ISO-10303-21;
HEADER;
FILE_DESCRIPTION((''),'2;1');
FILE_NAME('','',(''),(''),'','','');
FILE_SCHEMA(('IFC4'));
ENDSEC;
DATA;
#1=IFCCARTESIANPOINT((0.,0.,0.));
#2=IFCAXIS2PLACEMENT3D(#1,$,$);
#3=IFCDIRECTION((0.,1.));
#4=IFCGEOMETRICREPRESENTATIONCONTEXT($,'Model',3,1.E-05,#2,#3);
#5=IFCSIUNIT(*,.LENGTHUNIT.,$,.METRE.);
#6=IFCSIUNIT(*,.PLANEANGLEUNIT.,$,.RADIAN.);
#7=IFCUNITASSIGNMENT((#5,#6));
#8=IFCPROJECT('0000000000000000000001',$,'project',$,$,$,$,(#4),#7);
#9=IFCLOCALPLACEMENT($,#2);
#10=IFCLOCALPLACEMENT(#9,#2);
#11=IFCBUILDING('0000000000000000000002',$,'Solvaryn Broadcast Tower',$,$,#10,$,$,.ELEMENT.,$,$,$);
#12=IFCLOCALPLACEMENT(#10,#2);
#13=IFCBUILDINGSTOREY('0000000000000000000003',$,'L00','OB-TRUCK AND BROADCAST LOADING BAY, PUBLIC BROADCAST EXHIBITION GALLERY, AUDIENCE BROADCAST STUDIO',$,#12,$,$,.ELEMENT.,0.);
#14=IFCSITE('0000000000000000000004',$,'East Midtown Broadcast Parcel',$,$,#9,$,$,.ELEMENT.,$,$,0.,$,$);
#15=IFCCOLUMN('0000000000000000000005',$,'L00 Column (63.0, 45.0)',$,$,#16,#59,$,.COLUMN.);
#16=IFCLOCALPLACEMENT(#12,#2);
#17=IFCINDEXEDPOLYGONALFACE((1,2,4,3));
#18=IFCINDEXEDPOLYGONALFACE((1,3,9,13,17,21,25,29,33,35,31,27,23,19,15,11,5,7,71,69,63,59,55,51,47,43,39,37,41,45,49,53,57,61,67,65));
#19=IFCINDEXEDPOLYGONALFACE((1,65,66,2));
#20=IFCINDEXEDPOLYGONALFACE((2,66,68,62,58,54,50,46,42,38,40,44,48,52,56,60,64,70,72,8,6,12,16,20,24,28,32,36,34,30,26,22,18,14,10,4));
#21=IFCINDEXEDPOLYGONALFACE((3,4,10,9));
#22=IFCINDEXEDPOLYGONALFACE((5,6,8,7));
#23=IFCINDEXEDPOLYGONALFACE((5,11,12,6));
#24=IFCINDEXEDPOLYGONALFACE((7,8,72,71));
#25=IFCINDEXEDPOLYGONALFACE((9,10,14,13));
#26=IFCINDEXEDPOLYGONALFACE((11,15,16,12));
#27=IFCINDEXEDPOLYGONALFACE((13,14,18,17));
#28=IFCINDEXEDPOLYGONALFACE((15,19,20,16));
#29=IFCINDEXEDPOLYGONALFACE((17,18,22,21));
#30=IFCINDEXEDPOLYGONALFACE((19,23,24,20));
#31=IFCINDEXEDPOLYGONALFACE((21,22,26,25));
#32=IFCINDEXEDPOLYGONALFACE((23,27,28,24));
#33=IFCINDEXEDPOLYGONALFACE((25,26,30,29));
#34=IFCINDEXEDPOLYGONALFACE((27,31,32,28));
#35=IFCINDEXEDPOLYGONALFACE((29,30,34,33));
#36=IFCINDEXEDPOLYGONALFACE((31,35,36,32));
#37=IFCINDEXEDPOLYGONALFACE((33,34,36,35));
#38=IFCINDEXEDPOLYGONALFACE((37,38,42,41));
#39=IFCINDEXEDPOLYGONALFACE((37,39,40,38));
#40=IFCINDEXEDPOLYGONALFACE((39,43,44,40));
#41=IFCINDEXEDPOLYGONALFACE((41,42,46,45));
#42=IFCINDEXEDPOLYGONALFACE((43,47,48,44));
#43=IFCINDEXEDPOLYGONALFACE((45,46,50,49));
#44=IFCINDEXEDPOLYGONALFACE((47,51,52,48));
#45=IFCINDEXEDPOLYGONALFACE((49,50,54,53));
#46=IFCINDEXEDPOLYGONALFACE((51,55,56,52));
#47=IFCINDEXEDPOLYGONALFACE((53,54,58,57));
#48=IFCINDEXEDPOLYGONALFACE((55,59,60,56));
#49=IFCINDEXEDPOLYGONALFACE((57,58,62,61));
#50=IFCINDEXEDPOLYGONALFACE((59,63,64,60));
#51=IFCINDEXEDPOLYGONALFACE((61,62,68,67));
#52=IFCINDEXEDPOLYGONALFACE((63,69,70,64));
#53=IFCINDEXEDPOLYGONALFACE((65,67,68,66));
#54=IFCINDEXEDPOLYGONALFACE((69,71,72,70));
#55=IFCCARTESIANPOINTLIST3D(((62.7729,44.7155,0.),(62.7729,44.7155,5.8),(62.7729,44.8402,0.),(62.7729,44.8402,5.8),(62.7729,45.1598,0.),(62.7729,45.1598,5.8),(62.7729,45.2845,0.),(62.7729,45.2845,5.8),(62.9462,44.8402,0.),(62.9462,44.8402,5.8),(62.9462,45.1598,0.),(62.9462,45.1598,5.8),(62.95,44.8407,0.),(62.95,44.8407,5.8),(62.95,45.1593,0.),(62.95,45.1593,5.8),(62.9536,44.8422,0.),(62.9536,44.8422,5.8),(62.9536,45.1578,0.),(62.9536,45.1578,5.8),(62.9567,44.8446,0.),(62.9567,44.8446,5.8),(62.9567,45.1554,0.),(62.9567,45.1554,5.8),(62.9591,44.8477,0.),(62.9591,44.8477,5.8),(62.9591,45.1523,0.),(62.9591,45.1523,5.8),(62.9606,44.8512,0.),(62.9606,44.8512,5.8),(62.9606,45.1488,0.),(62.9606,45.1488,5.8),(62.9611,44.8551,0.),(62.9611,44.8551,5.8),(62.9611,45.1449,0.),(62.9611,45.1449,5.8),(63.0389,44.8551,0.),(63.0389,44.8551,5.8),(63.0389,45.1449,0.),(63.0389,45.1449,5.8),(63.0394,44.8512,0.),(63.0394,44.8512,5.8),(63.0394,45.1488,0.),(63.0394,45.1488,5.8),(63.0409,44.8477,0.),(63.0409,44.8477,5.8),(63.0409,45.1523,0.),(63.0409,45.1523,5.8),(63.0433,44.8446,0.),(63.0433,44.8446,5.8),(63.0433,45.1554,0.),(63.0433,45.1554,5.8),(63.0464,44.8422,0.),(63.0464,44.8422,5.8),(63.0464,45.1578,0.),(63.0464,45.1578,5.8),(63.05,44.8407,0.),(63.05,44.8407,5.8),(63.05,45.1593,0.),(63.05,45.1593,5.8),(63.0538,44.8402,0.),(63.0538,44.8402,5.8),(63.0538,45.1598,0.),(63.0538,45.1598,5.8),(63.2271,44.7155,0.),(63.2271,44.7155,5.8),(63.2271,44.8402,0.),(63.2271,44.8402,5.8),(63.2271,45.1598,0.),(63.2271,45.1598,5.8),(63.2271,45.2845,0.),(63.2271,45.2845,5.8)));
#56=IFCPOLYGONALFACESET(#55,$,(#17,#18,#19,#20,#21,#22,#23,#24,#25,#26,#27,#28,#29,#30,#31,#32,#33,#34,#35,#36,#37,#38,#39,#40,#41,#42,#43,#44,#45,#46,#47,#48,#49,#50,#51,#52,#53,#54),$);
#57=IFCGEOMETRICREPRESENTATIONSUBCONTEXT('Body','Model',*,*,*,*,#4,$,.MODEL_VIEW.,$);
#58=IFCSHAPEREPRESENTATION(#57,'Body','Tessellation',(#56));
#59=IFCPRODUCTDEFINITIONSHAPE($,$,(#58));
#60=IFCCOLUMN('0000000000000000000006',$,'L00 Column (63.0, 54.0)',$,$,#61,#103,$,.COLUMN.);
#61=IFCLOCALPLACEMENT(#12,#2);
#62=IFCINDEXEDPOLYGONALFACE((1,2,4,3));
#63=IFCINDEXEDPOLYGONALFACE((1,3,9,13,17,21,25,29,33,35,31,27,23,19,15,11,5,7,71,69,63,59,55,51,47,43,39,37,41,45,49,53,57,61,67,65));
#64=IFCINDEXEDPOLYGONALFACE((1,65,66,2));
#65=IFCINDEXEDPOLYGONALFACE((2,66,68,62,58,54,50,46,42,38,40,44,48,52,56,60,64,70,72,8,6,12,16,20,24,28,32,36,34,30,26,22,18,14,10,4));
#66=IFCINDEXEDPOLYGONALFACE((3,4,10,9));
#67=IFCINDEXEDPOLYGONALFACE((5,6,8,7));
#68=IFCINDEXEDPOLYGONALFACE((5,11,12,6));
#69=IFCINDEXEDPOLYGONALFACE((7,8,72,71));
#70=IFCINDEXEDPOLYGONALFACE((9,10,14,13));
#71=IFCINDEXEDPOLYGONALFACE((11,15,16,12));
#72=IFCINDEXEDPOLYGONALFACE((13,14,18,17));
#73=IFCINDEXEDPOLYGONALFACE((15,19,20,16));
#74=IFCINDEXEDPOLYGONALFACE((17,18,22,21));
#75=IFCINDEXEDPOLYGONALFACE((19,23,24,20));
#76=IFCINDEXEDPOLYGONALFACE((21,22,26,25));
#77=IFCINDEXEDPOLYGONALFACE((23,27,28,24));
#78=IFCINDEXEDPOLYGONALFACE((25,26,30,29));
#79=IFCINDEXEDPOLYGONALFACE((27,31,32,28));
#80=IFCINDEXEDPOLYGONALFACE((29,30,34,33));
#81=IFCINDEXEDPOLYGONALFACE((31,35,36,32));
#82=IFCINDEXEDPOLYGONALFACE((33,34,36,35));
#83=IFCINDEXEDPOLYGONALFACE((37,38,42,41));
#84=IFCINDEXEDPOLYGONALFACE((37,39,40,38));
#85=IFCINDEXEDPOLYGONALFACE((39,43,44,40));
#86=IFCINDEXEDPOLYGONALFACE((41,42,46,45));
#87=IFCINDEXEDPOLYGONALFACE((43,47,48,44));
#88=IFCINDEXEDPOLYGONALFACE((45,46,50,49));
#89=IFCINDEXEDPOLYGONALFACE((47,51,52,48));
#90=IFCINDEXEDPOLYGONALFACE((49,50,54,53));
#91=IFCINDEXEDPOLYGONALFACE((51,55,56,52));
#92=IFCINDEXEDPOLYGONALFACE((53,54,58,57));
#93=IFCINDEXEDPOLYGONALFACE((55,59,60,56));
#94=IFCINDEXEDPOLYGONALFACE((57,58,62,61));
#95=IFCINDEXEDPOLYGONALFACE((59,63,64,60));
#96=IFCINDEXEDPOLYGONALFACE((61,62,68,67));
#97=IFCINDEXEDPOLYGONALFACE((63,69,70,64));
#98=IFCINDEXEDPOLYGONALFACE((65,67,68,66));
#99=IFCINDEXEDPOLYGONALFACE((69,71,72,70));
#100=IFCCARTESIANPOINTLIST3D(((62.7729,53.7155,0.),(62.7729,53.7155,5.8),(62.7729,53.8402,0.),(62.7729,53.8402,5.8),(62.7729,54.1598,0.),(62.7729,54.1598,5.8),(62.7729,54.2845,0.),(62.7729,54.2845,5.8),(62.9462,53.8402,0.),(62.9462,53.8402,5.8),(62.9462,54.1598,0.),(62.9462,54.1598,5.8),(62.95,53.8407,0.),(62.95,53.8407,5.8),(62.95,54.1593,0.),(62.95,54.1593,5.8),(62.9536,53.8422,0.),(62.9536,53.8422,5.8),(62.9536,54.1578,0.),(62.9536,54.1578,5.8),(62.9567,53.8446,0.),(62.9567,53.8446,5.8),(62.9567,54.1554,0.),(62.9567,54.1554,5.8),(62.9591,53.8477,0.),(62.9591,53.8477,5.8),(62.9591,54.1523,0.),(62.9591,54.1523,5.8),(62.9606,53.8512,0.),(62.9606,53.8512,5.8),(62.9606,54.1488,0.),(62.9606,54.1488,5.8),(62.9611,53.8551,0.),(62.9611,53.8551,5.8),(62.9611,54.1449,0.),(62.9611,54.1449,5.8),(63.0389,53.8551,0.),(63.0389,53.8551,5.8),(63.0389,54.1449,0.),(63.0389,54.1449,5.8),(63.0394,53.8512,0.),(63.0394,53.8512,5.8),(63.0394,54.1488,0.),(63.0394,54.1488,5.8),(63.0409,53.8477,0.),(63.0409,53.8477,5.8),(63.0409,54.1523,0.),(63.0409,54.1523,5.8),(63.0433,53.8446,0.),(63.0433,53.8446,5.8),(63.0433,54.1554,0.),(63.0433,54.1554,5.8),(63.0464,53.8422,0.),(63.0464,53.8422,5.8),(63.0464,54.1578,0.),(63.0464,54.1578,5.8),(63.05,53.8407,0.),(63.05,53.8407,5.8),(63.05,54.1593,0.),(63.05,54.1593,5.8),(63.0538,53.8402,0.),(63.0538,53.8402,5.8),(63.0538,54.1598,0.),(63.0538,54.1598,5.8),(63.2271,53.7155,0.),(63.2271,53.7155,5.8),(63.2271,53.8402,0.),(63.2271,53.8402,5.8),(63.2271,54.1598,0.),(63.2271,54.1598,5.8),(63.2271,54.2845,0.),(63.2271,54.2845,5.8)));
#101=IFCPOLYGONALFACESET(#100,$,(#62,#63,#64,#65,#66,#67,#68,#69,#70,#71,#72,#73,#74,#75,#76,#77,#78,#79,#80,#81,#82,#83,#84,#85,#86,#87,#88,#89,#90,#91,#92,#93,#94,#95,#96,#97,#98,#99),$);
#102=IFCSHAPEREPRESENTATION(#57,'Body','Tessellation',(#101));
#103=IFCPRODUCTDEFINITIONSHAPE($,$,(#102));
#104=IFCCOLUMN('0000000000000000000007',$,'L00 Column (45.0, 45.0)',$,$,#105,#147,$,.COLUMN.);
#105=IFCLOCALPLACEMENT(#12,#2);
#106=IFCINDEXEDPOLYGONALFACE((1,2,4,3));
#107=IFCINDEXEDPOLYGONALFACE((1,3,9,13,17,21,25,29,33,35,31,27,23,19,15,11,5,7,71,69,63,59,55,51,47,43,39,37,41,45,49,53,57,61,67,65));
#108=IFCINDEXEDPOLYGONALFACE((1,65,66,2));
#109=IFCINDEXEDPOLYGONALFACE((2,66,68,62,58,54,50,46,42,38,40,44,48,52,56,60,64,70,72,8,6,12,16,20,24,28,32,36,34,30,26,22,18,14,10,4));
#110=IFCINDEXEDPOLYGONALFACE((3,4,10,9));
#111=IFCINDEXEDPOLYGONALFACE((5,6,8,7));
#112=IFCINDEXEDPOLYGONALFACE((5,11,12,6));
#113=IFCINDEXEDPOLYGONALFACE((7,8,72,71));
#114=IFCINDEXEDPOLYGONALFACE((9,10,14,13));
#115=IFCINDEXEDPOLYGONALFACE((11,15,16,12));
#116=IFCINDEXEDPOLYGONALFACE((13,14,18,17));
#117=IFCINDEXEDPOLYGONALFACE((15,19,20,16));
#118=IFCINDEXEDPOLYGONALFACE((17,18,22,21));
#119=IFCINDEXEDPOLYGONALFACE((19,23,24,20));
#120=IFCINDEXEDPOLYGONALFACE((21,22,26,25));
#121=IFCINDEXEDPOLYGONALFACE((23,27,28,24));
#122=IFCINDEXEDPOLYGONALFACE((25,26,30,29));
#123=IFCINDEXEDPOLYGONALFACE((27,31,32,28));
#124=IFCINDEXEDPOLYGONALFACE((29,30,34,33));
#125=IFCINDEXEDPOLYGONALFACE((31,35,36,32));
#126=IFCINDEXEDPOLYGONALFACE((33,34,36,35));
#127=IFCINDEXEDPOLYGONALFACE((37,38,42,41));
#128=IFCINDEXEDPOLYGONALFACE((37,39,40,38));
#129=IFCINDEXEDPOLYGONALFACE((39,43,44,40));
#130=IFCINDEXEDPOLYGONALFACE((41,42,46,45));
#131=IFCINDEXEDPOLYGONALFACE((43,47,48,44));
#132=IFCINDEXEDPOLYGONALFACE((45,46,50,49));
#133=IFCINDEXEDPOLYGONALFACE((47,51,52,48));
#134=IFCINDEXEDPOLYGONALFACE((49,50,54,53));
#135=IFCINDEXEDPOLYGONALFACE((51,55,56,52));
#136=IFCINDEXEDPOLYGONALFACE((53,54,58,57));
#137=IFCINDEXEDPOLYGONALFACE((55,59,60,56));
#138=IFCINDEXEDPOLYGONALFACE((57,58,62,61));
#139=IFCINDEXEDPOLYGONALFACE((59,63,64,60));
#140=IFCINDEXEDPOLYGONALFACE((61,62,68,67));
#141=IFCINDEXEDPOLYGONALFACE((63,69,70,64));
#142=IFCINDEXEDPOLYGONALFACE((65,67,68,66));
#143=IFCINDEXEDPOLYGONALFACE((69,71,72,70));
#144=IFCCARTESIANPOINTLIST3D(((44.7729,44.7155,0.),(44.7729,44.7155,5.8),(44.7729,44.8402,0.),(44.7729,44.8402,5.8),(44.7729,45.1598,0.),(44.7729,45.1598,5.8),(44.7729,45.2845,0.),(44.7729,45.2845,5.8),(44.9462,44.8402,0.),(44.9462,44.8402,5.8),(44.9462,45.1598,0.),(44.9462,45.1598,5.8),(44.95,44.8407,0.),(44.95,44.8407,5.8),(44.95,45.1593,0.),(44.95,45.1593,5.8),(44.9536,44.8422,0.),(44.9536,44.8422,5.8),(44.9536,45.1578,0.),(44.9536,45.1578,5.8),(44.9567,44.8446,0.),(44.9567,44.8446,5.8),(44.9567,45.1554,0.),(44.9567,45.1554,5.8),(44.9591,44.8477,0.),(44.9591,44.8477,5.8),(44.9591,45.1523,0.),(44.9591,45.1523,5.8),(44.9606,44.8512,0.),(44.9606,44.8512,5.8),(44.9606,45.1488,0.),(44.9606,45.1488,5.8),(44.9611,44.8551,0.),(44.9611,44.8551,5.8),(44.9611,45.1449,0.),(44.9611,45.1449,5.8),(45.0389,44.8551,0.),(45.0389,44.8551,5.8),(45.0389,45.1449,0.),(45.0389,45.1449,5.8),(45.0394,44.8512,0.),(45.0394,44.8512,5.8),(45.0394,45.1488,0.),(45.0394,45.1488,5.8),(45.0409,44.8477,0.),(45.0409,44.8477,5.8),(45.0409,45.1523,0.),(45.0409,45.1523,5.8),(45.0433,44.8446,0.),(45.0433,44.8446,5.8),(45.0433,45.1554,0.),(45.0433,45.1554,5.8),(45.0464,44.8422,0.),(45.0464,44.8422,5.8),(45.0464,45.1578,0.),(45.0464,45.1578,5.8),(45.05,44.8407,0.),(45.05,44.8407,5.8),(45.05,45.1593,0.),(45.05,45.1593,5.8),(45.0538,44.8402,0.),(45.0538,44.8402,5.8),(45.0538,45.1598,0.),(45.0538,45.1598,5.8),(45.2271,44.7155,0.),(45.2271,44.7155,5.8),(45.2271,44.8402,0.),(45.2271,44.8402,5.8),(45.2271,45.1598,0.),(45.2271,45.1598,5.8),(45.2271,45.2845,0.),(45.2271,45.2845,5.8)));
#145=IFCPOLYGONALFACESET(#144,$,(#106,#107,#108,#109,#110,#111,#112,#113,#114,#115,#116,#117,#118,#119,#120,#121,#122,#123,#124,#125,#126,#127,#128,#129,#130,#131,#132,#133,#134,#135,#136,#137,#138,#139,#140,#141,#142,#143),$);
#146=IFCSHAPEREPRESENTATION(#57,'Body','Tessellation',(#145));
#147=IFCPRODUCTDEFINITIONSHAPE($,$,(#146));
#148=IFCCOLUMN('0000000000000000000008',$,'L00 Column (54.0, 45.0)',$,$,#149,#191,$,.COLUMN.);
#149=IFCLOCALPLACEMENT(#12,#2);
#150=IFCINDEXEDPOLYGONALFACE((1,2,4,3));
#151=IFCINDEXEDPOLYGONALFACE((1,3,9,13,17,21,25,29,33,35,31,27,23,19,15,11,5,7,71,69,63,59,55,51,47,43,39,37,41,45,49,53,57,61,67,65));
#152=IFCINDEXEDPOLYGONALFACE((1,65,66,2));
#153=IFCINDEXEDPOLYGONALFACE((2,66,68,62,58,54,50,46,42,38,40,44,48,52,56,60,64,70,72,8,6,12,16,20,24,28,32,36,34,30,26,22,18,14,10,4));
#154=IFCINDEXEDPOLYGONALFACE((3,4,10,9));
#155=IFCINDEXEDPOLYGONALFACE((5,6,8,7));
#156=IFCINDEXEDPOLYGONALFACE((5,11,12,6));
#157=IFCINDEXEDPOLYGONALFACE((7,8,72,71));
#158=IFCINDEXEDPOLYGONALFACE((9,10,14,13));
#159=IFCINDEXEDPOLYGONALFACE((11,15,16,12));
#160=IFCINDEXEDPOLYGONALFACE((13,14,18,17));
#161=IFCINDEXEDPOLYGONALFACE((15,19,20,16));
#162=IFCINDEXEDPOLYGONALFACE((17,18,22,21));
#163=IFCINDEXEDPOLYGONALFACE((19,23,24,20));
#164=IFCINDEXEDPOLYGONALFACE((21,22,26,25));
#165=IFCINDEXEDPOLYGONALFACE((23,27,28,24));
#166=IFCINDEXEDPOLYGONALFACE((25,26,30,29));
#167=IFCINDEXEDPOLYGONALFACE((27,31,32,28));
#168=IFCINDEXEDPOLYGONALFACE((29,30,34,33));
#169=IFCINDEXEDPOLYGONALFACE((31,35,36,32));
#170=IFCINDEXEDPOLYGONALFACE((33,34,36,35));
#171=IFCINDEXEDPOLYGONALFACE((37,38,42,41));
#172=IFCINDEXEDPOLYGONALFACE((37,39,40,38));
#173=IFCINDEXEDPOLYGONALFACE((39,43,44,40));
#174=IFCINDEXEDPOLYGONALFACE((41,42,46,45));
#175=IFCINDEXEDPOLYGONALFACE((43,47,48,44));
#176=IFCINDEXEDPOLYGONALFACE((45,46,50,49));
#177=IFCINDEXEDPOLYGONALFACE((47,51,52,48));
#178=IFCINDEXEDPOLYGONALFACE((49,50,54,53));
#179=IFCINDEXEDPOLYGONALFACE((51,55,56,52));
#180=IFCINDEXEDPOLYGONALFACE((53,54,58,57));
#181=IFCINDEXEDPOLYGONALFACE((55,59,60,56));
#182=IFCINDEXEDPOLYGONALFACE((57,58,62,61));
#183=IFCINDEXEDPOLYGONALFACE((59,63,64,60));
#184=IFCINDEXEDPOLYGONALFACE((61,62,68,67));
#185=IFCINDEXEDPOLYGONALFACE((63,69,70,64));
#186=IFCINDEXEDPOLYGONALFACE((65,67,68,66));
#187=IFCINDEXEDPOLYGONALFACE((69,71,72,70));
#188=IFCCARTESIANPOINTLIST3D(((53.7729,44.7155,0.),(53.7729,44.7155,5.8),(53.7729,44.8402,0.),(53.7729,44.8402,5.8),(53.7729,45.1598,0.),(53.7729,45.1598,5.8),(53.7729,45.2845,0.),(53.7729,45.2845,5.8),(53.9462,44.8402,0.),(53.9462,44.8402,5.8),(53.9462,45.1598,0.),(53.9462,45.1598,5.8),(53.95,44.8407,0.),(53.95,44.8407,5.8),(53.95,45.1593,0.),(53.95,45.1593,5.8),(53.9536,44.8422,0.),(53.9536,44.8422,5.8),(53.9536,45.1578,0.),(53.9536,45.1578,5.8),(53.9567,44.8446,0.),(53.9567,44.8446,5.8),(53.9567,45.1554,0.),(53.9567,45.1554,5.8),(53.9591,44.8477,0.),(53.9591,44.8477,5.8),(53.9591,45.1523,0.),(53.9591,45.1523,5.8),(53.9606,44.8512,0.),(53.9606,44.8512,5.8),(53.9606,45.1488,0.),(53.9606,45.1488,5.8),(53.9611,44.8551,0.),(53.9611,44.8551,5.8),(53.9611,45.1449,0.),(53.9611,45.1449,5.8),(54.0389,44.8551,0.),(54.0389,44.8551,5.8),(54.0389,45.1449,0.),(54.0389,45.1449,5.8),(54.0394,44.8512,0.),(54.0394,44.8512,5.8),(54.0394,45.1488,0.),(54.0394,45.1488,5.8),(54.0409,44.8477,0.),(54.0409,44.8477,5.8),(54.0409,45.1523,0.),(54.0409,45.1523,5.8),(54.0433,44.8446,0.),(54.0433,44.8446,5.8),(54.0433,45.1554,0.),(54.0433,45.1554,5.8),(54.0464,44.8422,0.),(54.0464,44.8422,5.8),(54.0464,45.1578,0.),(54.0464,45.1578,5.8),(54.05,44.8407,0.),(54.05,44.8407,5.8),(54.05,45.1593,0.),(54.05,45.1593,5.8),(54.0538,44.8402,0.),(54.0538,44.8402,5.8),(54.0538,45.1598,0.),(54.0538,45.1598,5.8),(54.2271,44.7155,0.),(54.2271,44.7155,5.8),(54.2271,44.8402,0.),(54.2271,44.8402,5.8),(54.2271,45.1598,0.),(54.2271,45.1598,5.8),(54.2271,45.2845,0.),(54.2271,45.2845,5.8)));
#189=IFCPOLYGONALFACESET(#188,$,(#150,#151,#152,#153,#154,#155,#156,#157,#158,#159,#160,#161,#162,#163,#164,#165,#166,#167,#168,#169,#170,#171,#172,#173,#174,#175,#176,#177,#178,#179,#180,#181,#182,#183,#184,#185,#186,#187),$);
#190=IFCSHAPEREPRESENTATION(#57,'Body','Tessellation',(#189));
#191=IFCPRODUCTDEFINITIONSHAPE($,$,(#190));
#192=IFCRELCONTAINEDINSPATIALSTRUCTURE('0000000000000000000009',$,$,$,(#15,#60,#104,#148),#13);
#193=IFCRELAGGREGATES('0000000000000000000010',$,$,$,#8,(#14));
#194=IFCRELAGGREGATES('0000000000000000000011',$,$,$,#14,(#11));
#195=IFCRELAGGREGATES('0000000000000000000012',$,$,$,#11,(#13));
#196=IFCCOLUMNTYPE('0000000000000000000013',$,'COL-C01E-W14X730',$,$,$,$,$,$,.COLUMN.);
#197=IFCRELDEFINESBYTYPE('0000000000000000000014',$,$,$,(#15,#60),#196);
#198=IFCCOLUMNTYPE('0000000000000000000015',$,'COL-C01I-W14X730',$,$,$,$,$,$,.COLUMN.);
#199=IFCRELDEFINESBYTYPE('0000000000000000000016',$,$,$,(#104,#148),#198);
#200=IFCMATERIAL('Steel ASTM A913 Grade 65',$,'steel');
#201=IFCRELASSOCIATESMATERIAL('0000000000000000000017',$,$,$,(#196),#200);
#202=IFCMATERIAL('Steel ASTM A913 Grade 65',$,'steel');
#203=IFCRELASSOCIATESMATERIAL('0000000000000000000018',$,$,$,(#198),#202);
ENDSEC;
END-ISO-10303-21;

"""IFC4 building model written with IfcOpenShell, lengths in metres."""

from ifc_helpers import new_model, si_unit, direction, frame, origin, origin_2d, place, context, subcontext, project, spatial, i_section, extrude, material, material_profile, profile_set, type_object, element, save


model = new_model("IFC4")

# Units and contexts
model_context = context("Model", 3, precision=1e-05, world=origin(), true_north=direction((0.0, 1.0)))
body_context = subcontext(model_context, "Body", "Model", "MODEL_VIEW")
ifc_project = project(units=[si_unit("LENGTHUNIT", "METRE"), si_unit("PLANEANGLEUNIT", "RADIAN")], contexts=[model_context])

# Site, building, storey
site_placement = place(None, origin())
site = spatial("IfcSite", under=ifc_project, at=site_placement, Name="East Midtown Broadcast Parcel", CompositionType="ELEMENT", RefElevation=0.0)
building_placement = place(site_placement, origin())
building = spatial("IfcBuilding", under=site, at=building_placement, Name="Solvaryn Broadcast Tower", CompositionType="ELEMENT")
storey_placement = place(building_placement, origin())
storey = spatial("IfcBuildingStorey", under=building, at=storey_placement, Name="L00", Description="OB-TRUCK AND BROADCAST LOADING BAY, PUBLIC BROADCAST EXHIBITION GALLERY, AUDIENCE BROADCAST STUDIO", CompositionType="ELEMENT", Elevation=0.0)

# Columns
ifc_material_1 = material(Name="Steel ASTM A913 Grade 65", Category="steel")
ifc_material_profile_1 = material_profile(ifc_material_1, i_section(OverallWidth=0.4541, OverallDepth=0.5691, WebThickness=0.0779, FlangeThickness=0.1248, FilletRadius=0.0149, at=origin_2d()))
ifc_profile_set_1 = profile_set([ifc_material_profile_1], Name="Steel ASTM A913 Grade 65")
column_type_1 = type_object("IfcColumnType", Name="COL-C01E-W14X730", PredefinedType="COLUMN", material=ifc_profile_set_1)
for number, where, z_axis, x_axis, name in (
    (1, (63.0, 45.0, 0.0), (0.0, 0.0, 1.0), (1.0, 0.0, 0.0), "L00 Column (63.0, 45.0)"),
    (2, (63.0, 54.0, 0.0), (0.0, 0.0, 1.0), (1.0, 0.0, 0.0), "L00 Column (63.0, 54.0)"),
):
    element("IfcColumn", number, at=place(storey_placement, frame(where, z_axis=z_axis, x_axis=x_axis)), inside=storey, type_object=column_type_1, Name=name, PredefinedType="COLUMN", context=body_context, shape_type="SweptSolid", body=[
        extrude(i_section(OverallWidth=0.4541, OverallDepth=0.5691, WebThickness=0.0779, FlangeThickness=0.1248, FilletRadius=0.0149, at=origin_2d()), origin(), (0.0, 0.0, 1.0), 5.8),
    ])
ifc_material_2 = material(Name="Steel ASTM A913 Grade 65", Category="steel")
ifc_material_profile_2 = material_profile(ifc_material_2, i_section(OverallWidth=0.4541, OverallDepth=0.5691, WebThickness=0.0779, FlangeThickness=0.1248, FilletRadius=0.0149, at=origin_2d()))
ifc_profile_set_2 = profile_set([ifc_material_profile_2], Name="Steel ASTM A913 Grade 65")
column_type_2 = type_object("IfcColumnType", Name="COL-C01I-W14X730", PredefinedType="COLUMN", material=ifc_profile_set_2)
for number, where, z_axis, x_axis, name in (
    (3, (45.0, 45.0, 0.0), (0.0, 0.0, 1.0), (1.0, 0.0, 0.0), "L00 Column (45.0, 45.0)"),
    (4, (54.0, 45.0, 0.0), (0.0, 0.0, 1.0), (1.0, 0.0, 0.0), "L00 Column (54.0, 45.0)"),
):
    element("IfcColumn", number, at=place(storey_placement, frame(where, z_axis=z_axis, x_axis=x_axis)), inside=storey, type_object=column_type_2, Name=name, PredefinedType="COLUMN", context=body_context, shape_type="SweptSolid", body=[
        extrude(i_section(OverallWidth=0.4541, OverallDepth=0.5691, WebThickness=0.0779, FlangeThickness=0.1248, FilletRadius=0.0149, at=origin_2d()), origin(), (0.0, 0.0, 1.0), 5.8),
    ])

save(model, "model.ifc")
